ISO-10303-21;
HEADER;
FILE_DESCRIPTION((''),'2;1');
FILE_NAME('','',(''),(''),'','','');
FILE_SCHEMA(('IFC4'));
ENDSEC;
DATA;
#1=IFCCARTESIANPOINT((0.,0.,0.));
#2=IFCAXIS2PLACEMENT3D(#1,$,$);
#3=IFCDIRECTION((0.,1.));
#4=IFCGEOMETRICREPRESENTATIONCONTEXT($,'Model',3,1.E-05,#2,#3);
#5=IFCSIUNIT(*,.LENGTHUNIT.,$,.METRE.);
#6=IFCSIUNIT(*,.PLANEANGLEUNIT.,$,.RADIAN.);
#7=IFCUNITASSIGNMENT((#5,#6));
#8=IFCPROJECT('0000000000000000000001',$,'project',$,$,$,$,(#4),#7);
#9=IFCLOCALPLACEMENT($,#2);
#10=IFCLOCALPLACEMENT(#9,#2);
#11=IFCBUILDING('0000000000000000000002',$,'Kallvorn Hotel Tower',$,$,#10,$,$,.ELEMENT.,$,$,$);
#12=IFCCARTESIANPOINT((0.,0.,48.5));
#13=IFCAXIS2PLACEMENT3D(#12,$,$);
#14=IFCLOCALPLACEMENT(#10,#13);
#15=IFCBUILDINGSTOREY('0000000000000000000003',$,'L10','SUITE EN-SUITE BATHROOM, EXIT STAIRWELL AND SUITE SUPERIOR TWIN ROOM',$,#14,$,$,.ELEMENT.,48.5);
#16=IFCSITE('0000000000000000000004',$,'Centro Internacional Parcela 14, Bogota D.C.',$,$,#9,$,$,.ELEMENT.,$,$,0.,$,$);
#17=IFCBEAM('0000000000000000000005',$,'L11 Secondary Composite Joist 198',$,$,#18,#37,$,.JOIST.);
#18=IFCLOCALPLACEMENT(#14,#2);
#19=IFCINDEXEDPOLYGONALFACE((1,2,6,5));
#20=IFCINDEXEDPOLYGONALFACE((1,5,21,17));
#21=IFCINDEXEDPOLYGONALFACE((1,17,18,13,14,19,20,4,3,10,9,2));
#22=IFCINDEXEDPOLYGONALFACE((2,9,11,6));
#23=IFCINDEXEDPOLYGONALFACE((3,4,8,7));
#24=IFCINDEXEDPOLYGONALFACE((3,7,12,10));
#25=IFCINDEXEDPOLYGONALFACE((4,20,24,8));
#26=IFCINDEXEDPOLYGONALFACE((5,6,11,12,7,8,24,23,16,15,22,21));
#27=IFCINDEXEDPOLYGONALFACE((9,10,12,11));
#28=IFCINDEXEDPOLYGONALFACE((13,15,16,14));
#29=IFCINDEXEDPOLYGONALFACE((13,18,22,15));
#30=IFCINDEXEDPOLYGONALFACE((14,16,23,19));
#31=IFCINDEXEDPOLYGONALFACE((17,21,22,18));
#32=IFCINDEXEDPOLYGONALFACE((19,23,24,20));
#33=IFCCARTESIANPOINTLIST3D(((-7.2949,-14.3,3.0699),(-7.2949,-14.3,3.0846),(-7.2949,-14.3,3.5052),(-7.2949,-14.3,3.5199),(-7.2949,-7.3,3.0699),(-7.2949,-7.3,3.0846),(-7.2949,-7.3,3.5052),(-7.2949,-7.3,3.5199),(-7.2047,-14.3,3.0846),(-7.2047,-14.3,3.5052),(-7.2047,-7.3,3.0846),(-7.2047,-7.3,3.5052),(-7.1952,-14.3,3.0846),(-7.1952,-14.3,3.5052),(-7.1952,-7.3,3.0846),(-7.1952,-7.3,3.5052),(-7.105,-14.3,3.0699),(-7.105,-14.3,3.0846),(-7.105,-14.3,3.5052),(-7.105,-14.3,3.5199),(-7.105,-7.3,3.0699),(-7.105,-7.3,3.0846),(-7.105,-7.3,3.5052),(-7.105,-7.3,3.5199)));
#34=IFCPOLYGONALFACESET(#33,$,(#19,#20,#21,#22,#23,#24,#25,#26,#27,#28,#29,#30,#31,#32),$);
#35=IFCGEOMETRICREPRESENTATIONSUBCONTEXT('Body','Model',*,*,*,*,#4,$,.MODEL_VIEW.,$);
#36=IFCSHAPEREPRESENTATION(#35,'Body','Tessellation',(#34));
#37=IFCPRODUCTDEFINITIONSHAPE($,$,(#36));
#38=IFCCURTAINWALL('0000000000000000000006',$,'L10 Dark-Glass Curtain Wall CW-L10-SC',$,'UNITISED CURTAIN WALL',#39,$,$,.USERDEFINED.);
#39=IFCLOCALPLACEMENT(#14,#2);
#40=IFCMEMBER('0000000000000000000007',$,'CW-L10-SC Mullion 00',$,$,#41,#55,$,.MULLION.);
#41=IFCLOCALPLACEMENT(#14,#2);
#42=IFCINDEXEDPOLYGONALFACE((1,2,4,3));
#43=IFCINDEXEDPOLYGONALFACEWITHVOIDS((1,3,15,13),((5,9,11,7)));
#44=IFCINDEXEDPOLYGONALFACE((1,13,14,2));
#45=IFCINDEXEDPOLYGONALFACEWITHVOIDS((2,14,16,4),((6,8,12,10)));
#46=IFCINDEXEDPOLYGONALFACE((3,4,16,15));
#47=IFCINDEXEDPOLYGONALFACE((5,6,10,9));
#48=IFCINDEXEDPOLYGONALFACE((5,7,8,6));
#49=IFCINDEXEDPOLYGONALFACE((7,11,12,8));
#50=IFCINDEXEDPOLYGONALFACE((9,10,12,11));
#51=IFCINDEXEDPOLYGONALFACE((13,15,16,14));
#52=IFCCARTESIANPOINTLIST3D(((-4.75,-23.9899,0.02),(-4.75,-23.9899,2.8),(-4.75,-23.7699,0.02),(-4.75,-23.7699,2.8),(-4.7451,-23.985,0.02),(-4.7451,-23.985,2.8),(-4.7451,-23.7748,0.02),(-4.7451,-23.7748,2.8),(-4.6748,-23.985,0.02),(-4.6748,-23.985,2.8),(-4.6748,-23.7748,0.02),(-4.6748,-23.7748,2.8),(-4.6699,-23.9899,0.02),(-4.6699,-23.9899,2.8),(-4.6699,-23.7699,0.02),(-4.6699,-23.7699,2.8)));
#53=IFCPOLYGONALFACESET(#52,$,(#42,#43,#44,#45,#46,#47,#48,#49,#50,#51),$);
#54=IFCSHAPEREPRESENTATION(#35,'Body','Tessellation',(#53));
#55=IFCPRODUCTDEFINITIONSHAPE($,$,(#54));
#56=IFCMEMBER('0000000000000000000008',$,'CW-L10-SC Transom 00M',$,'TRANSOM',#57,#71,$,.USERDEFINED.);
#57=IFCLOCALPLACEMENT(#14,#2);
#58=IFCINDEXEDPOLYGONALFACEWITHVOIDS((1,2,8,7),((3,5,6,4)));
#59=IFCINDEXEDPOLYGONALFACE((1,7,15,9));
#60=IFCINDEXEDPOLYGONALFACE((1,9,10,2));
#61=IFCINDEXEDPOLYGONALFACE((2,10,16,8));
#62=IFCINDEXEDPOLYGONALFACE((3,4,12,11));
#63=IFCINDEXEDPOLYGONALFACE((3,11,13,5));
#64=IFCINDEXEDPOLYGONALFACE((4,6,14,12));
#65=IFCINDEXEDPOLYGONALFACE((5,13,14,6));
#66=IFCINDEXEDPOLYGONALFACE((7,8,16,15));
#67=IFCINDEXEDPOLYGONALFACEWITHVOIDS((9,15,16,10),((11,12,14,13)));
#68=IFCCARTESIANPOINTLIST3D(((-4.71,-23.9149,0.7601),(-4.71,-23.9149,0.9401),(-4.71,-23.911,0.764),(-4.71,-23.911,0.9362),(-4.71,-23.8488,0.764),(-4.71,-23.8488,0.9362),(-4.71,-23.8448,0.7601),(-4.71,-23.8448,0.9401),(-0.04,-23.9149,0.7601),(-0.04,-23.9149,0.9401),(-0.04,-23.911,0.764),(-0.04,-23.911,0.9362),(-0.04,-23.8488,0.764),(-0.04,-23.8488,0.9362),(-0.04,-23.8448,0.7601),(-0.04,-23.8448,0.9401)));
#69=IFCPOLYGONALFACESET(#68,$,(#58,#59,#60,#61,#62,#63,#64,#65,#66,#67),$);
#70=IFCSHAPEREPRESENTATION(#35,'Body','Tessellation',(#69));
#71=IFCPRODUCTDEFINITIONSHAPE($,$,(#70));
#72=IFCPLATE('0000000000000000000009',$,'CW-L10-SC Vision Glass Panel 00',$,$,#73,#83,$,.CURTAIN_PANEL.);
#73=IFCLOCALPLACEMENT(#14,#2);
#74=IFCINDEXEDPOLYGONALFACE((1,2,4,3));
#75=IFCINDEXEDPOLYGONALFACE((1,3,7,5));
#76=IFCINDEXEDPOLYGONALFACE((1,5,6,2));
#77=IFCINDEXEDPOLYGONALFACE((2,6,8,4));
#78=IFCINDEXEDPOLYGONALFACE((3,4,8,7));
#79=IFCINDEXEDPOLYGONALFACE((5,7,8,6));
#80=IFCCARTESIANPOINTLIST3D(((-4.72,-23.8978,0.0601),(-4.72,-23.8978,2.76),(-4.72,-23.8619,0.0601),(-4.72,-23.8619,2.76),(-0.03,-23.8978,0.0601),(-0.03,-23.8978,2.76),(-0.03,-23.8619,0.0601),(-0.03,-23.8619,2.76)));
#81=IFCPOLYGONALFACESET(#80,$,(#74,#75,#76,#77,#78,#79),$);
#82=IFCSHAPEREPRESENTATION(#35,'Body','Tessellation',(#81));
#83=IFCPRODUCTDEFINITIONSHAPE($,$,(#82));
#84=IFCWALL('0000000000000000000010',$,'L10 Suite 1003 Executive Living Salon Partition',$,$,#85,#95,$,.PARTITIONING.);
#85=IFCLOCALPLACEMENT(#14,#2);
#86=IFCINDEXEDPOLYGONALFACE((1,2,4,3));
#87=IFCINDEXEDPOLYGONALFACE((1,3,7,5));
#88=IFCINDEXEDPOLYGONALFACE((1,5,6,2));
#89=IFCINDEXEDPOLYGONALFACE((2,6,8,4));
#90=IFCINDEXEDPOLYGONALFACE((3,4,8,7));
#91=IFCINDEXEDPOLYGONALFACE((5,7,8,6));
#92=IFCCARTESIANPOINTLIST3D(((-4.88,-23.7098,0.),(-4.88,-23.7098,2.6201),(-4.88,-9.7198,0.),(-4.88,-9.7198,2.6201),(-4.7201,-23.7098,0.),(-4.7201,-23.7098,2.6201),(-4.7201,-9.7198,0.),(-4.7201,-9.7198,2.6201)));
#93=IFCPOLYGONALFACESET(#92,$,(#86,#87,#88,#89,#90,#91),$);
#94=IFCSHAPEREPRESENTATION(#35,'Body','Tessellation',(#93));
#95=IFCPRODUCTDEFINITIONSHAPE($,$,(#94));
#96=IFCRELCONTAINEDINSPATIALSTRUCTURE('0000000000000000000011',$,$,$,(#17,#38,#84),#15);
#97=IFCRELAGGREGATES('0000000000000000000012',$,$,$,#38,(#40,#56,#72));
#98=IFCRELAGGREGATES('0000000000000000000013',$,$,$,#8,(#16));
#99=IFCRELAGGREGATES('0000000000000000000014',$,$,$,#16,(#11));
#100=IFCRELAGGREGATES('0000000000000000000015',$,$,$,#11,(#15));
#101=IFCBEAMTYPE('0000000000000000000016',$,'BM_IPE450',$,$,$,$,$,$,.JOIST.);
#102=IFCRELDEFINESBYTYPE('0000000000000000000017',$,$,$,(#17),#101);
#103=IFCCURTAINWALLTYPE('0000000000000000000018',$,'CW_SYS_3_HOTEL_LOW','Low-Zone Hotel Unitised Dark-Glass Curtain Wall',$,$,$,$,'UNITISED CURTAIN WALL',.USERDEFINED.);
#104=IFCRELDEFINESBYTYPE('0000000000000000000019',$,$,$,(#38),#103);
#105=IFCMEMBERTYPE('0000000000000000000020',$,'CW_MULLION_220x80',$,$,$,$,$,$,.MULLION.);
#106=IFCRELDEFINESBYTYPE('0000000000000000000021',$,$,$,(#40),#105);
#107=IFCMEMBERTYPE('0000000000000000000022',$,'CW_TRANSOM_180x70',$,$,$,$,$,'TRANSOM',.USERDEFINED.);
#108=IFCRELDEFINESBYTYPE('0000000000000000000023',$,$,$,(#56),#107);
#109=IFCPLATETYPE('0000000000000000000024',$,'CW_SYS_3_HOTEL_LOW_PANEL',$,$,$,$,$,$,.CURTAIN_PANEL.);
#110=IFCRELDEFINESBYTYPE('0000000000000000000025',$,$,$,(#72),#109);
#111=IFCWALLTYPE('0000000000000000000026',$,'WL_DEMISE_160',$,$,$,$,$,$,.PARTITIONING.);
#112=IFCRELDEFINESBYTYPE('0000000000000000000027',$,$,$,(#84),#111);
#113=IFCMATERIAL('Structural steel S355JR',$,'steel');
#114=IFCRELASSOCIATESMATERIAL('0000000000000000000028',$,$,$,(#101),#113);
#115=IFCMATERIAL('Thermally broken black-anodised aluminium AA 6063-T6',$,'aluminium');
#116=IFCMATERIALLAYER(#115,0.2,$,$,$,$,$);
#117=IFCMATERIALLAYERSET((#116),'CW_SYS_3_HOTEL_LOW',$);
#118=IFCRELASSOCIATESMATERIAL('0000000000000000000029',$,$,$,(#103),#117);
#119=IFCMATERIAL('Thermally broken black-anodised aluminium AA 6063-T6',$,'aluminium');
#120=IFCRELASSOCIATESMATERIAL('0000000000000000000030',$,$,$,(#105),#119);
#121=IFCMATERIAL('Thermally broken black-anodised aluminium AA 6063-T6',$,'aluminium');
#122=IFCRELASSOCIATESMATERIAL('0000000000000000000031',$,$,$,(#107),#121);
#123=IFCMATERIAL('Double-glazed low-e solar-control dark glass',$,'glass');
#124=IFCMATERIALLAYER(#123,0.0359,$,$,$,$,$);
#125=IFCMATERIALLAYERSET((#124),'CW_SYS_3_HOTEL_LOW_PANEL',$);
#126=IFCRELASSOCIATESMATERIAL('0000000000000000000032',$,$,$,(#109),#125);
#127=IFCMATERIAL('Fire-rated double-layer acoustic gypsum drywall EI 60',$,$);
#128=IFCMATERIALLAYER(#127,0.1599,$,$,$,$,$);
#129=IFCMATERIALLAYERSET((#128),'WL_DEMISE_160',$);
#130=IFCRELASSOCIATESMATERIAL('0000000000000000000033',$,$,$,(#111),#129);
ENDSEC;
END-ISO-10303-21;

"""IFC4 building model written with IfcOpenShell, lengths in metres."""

from ifc_helpers import new_model, si_unit, direction, frame, frame_2d, origin, origin_2d, place, context, subcontext, project, spatial, rectangle, hollow_rectangle, i_section, extrude, material, layer, layer_set, material_profile, profile_set, type_object, element, aggregate, save


model = new_model("IFC4")

# Units and contexts
model_context = context("Model", 3, precision=1e-05, world=origin(), true_north=direction((0.0, 1.0)))
body_context = subcontext(model_context, "Body", "Model", "MODEL_VIEW")
ifc_project = project(units=[si_unit("LENGTHUNIT", "METRE"), si_unit("PLANEANGLEUNIT", "RADIAN")], contexts=[model_context])

# Site, building, storey
site_placement = place(None, origin())
site = spatial("IfcSite", under=ifc_project, at=site_placement, Name="Centro Internacional Parcela 14, Bogota D.C.", CompositionType="ELEMENT", RefElevation=0.0)
building_placement = place(site_placement, origin())
building = spatial("IfcBuilding", under=site, at=building_placement, Name="Kallvorn Hotel Tower", CompositionType="ELEMENT")
storey_placement = place(building_placement, frame((0.0, 0.0, 48.5)))
storey = spatial("IfcBuildingStorey", under=building, at=storey_placement, Name="L10", Description="SUITE EN-SUITE BATHROOM, EXIT STAIRWELL AND SUITE SUPERIOR TWIN ROOM", CompositionType="ELEMENT", Elevation=48.5)

# Beam
ifc_material_1 = material(Name="Structural steel S355JR", Category="steel")
ifc_material_profile_1 = material_profile(ifc_material_1, i_section(OverallWidth=0.1899, OverallDepth=0.45, WebThickness=0.0095, FlangeThickness=0.0146, at=origin_2d()), Name="IPE 450")
ifc_profile_set_1 = profile_set([ifc_material_profile_1], Name="Structural steel S355JR")
beam_type_1 = type_object("IfcBeamType", Name="BM_IPE450", PredefinedType="JOIST", material=ifc_profile_set_1)
for number, where, z_axis, x_axis, name in (
    (1, (-7.2, -14.3, 3.2949), (0.0, 1.0, 0.0), (-1.0, 0.0, 0.0), "L11 Secondary Composite Joist 198"),
):
    element("IfcBeam", number, at=place(storey_placement, frame(where, z_axis=z_axis, x_axis=x_axis)), inside=storey, type_object=beam_type_1, Name=name, PredefinedType="JOIST", context=body_context, shape_type="SweptSolid", body=[
        extrude(i_section(OverallWidth=0.1899, OverallDepth=0.45, WebThickness=0.0095, FlangeThickness=0.0146, at=origin_2d()), origin(), (0.0, 0.0, 1.0), 7.0),
    ])

# Curtain wall, members, plate
ifc_material_2 = material(Name="Thermally broken black-anodised aluminium AA 6063-T6", Category="aluminium")
ifc_layer_1 = layer(ifc_material_2, 0.2)
ifc_layer_set_1 = layer_set([ifc_layer_1], Name="CW_SYS_3_HOTEL_LOW")
curtain_wall_type = type_object("IfcCurtainWallType", Name="CW_SYS_3_HOTEL_LOW", Description="Low-Zone Hotel Unitised Dark-Glass Curtain Wall", ElementType="UNITISED CURTAIN WALL", PredefinedType="USERDEFINED", material=ifc_layer_set_1)
curtain_wall_placement = place(storey_placement, origin())
curtain_wall = element("IfcCurtainWall", 2, at=curtain_wall_placement, inside=storey, type_object=curtain_wall_type, Name="L10 Dark-Glass Curtain Wall CW-L10-SC", ObjectType="UNITISED CURTAIN WALL", PredefinedType="USERDEFINED")
ifc_material_3 = material(Name="Thermally broken black-anodised aluminium AA 6063-T6", Category="aluminium")
ifc_material_profile_2 = material_profile(ifc_material_3, hollow_rectangle(XDim=0.0801, YDim=0.22, WallThickness=0.0049, at=origin_2d()), Name="MUL 220x80")
ifc_profile_set_2 = profile_set([ifc_material_profile_2], Name="Thermally broken black-anodised aluminium AA 6063-T6")
member_type_1 = type_object("IfcMemberType", Name="CW_MULLION_220x80", PredefinedType="MULLION", material=ifc_profile_set_2)
member_1_placement = place(storey_placement, frame((-4.71, -23.8799, 0.02), z_axis=(0.0, 0.0, 1.0), x_axis=(1.0, 0.0, 0.0)))
member_1 = element("IfcMember", 3, at=member_1_placement, type_object=member_type_1, Name="CW-L10-SC Mullion 00", PredefinedType="MULLION", context=body_context, shape_type="SweptSolid", body=[
    extrude(hollow_rectangle(XDim=0.0801, YDim=0.22, WallThickness=0.0049, at=origin_2d()), origin(), (0.0, 0.0, 1.0), 2.78),
])
ifc_material_4 = material(Name="Thermally broken black-anodised aluminium AA 6063-T6", Category="aluminium")
ifc_material_profile_3 = material_profile(ifc_material_4, hollow_rectangle(XDim=0.0701, YDim=0.1799, WallThickness=0.0039, at=origin_2d()), Name="TRN 180x70")
ifc_profile_set_3 = profile_set([ifc_material_profile_3], Name="Thermally broken black-anodised aluminium AA 6063-T6")
member_type_2 = type_object("IfcMemberType", Name="CW_TRANSOM_180x70", ElementType="TRANSOM", PredefinedType="USERDEFINED", material=ifc_profile_set_3)
member_2_placement = place(storey_placement, frame((-4.71, -23.8799, 0.8501), z_axis=(1.0, 0.0, 0.0), x_axis=(0.0, 1.0, 0.0)))
member_2 = element("IfcMember", 4, at=member_2_placement, type_object=member_type_2, Name="CW-L10-SC Transom 00M", ObjectType="TRANSOM", PredefinedType="USERDEFINED", context=body_context, shape_type="SweptSolid", body=[
    extrude(hollow_rectangle(XDim=0.0701, YDim=0.1799, WallThickness=0.0039, at=origin_2d()), origin(), (0.0, 0.0, 1.0), 4.6699),
])
ifc_material_5 = material(Name="Double-glazed low-e solar-control dark glass", Category="glass")
ifc_layer_2 = layer(ifc_material_5, 0.0359)
ifc_layer_set_2 = layer_set([ifc_layer_2], Name="CW_SYS_3_HOTEL_LOW_PANEL")
plate_type = type_object("IfcPlateType", Name="CW_SYS_3_HOTEL_LOW_PANEL", PredefinedType="CURTAIN_PANEL", material=ifc_layer_set_2)
plate_placement = place(storey_placement, frame((-2.375, -23.8799, 0.0601), z_axis=(0.0, 0.0, 1.0), x_axis=(1.0, 0.0, 0.0)))
plate = element("IfcPlate", 5, at=plate_placement, type_object=plate_type, Name="CW-L10-SC Vision Glass Panel 00", PredefinedType="CURTAIN_PANEL", context=body_context, shape_type="SweptSolid", body=[
    extrude(rectangle(XDim=4.6899, YDim=0.0359, at=origin_2d()), origin(), (0.0, 0.0, 1.0), 2.7),
])
aggregate(curtain_wall, [member_1, member_2, plate])

# Wall
ifc_material_6 = material(Name="Fire-rated double-layer acoustic gypsum drywall EI 60")
ifc_layer_3 = layer(ifc_material_6, 0.1599)
ifc_layer_set_3 = layer_set([ifc_layer_3], Name="WL_DEMISE_160")
wall_type = type_object("IfcWallType", Name="WL_DEMISE_160", PredefinedType="PARTITIONING", material=ifc_layer_set_3)
wall_placement = place(storey_placement, frame((-4.8, -23.71, 0.0), z_axis=(0.0, 0.0, 1.0), x_axis=(0.0, 1.0, 0.0)))
element("IfcWall", 6, at=wall_placement, inside=storey, type_object=wall_type, Name="L10 Suite 1003 Executive Living Salon Partition", PredefinedType="PARTITIONING", context=body_context, shape_type="SweptSolid", body=[
    extrude(rectangle(XDim=13.99, YDim=0.1599, at=frame_2d((6.9951, 0.0))), origin(), (0.0, 0.0, 1.0), 2.6201),
])

save(model, "model.ifc")
